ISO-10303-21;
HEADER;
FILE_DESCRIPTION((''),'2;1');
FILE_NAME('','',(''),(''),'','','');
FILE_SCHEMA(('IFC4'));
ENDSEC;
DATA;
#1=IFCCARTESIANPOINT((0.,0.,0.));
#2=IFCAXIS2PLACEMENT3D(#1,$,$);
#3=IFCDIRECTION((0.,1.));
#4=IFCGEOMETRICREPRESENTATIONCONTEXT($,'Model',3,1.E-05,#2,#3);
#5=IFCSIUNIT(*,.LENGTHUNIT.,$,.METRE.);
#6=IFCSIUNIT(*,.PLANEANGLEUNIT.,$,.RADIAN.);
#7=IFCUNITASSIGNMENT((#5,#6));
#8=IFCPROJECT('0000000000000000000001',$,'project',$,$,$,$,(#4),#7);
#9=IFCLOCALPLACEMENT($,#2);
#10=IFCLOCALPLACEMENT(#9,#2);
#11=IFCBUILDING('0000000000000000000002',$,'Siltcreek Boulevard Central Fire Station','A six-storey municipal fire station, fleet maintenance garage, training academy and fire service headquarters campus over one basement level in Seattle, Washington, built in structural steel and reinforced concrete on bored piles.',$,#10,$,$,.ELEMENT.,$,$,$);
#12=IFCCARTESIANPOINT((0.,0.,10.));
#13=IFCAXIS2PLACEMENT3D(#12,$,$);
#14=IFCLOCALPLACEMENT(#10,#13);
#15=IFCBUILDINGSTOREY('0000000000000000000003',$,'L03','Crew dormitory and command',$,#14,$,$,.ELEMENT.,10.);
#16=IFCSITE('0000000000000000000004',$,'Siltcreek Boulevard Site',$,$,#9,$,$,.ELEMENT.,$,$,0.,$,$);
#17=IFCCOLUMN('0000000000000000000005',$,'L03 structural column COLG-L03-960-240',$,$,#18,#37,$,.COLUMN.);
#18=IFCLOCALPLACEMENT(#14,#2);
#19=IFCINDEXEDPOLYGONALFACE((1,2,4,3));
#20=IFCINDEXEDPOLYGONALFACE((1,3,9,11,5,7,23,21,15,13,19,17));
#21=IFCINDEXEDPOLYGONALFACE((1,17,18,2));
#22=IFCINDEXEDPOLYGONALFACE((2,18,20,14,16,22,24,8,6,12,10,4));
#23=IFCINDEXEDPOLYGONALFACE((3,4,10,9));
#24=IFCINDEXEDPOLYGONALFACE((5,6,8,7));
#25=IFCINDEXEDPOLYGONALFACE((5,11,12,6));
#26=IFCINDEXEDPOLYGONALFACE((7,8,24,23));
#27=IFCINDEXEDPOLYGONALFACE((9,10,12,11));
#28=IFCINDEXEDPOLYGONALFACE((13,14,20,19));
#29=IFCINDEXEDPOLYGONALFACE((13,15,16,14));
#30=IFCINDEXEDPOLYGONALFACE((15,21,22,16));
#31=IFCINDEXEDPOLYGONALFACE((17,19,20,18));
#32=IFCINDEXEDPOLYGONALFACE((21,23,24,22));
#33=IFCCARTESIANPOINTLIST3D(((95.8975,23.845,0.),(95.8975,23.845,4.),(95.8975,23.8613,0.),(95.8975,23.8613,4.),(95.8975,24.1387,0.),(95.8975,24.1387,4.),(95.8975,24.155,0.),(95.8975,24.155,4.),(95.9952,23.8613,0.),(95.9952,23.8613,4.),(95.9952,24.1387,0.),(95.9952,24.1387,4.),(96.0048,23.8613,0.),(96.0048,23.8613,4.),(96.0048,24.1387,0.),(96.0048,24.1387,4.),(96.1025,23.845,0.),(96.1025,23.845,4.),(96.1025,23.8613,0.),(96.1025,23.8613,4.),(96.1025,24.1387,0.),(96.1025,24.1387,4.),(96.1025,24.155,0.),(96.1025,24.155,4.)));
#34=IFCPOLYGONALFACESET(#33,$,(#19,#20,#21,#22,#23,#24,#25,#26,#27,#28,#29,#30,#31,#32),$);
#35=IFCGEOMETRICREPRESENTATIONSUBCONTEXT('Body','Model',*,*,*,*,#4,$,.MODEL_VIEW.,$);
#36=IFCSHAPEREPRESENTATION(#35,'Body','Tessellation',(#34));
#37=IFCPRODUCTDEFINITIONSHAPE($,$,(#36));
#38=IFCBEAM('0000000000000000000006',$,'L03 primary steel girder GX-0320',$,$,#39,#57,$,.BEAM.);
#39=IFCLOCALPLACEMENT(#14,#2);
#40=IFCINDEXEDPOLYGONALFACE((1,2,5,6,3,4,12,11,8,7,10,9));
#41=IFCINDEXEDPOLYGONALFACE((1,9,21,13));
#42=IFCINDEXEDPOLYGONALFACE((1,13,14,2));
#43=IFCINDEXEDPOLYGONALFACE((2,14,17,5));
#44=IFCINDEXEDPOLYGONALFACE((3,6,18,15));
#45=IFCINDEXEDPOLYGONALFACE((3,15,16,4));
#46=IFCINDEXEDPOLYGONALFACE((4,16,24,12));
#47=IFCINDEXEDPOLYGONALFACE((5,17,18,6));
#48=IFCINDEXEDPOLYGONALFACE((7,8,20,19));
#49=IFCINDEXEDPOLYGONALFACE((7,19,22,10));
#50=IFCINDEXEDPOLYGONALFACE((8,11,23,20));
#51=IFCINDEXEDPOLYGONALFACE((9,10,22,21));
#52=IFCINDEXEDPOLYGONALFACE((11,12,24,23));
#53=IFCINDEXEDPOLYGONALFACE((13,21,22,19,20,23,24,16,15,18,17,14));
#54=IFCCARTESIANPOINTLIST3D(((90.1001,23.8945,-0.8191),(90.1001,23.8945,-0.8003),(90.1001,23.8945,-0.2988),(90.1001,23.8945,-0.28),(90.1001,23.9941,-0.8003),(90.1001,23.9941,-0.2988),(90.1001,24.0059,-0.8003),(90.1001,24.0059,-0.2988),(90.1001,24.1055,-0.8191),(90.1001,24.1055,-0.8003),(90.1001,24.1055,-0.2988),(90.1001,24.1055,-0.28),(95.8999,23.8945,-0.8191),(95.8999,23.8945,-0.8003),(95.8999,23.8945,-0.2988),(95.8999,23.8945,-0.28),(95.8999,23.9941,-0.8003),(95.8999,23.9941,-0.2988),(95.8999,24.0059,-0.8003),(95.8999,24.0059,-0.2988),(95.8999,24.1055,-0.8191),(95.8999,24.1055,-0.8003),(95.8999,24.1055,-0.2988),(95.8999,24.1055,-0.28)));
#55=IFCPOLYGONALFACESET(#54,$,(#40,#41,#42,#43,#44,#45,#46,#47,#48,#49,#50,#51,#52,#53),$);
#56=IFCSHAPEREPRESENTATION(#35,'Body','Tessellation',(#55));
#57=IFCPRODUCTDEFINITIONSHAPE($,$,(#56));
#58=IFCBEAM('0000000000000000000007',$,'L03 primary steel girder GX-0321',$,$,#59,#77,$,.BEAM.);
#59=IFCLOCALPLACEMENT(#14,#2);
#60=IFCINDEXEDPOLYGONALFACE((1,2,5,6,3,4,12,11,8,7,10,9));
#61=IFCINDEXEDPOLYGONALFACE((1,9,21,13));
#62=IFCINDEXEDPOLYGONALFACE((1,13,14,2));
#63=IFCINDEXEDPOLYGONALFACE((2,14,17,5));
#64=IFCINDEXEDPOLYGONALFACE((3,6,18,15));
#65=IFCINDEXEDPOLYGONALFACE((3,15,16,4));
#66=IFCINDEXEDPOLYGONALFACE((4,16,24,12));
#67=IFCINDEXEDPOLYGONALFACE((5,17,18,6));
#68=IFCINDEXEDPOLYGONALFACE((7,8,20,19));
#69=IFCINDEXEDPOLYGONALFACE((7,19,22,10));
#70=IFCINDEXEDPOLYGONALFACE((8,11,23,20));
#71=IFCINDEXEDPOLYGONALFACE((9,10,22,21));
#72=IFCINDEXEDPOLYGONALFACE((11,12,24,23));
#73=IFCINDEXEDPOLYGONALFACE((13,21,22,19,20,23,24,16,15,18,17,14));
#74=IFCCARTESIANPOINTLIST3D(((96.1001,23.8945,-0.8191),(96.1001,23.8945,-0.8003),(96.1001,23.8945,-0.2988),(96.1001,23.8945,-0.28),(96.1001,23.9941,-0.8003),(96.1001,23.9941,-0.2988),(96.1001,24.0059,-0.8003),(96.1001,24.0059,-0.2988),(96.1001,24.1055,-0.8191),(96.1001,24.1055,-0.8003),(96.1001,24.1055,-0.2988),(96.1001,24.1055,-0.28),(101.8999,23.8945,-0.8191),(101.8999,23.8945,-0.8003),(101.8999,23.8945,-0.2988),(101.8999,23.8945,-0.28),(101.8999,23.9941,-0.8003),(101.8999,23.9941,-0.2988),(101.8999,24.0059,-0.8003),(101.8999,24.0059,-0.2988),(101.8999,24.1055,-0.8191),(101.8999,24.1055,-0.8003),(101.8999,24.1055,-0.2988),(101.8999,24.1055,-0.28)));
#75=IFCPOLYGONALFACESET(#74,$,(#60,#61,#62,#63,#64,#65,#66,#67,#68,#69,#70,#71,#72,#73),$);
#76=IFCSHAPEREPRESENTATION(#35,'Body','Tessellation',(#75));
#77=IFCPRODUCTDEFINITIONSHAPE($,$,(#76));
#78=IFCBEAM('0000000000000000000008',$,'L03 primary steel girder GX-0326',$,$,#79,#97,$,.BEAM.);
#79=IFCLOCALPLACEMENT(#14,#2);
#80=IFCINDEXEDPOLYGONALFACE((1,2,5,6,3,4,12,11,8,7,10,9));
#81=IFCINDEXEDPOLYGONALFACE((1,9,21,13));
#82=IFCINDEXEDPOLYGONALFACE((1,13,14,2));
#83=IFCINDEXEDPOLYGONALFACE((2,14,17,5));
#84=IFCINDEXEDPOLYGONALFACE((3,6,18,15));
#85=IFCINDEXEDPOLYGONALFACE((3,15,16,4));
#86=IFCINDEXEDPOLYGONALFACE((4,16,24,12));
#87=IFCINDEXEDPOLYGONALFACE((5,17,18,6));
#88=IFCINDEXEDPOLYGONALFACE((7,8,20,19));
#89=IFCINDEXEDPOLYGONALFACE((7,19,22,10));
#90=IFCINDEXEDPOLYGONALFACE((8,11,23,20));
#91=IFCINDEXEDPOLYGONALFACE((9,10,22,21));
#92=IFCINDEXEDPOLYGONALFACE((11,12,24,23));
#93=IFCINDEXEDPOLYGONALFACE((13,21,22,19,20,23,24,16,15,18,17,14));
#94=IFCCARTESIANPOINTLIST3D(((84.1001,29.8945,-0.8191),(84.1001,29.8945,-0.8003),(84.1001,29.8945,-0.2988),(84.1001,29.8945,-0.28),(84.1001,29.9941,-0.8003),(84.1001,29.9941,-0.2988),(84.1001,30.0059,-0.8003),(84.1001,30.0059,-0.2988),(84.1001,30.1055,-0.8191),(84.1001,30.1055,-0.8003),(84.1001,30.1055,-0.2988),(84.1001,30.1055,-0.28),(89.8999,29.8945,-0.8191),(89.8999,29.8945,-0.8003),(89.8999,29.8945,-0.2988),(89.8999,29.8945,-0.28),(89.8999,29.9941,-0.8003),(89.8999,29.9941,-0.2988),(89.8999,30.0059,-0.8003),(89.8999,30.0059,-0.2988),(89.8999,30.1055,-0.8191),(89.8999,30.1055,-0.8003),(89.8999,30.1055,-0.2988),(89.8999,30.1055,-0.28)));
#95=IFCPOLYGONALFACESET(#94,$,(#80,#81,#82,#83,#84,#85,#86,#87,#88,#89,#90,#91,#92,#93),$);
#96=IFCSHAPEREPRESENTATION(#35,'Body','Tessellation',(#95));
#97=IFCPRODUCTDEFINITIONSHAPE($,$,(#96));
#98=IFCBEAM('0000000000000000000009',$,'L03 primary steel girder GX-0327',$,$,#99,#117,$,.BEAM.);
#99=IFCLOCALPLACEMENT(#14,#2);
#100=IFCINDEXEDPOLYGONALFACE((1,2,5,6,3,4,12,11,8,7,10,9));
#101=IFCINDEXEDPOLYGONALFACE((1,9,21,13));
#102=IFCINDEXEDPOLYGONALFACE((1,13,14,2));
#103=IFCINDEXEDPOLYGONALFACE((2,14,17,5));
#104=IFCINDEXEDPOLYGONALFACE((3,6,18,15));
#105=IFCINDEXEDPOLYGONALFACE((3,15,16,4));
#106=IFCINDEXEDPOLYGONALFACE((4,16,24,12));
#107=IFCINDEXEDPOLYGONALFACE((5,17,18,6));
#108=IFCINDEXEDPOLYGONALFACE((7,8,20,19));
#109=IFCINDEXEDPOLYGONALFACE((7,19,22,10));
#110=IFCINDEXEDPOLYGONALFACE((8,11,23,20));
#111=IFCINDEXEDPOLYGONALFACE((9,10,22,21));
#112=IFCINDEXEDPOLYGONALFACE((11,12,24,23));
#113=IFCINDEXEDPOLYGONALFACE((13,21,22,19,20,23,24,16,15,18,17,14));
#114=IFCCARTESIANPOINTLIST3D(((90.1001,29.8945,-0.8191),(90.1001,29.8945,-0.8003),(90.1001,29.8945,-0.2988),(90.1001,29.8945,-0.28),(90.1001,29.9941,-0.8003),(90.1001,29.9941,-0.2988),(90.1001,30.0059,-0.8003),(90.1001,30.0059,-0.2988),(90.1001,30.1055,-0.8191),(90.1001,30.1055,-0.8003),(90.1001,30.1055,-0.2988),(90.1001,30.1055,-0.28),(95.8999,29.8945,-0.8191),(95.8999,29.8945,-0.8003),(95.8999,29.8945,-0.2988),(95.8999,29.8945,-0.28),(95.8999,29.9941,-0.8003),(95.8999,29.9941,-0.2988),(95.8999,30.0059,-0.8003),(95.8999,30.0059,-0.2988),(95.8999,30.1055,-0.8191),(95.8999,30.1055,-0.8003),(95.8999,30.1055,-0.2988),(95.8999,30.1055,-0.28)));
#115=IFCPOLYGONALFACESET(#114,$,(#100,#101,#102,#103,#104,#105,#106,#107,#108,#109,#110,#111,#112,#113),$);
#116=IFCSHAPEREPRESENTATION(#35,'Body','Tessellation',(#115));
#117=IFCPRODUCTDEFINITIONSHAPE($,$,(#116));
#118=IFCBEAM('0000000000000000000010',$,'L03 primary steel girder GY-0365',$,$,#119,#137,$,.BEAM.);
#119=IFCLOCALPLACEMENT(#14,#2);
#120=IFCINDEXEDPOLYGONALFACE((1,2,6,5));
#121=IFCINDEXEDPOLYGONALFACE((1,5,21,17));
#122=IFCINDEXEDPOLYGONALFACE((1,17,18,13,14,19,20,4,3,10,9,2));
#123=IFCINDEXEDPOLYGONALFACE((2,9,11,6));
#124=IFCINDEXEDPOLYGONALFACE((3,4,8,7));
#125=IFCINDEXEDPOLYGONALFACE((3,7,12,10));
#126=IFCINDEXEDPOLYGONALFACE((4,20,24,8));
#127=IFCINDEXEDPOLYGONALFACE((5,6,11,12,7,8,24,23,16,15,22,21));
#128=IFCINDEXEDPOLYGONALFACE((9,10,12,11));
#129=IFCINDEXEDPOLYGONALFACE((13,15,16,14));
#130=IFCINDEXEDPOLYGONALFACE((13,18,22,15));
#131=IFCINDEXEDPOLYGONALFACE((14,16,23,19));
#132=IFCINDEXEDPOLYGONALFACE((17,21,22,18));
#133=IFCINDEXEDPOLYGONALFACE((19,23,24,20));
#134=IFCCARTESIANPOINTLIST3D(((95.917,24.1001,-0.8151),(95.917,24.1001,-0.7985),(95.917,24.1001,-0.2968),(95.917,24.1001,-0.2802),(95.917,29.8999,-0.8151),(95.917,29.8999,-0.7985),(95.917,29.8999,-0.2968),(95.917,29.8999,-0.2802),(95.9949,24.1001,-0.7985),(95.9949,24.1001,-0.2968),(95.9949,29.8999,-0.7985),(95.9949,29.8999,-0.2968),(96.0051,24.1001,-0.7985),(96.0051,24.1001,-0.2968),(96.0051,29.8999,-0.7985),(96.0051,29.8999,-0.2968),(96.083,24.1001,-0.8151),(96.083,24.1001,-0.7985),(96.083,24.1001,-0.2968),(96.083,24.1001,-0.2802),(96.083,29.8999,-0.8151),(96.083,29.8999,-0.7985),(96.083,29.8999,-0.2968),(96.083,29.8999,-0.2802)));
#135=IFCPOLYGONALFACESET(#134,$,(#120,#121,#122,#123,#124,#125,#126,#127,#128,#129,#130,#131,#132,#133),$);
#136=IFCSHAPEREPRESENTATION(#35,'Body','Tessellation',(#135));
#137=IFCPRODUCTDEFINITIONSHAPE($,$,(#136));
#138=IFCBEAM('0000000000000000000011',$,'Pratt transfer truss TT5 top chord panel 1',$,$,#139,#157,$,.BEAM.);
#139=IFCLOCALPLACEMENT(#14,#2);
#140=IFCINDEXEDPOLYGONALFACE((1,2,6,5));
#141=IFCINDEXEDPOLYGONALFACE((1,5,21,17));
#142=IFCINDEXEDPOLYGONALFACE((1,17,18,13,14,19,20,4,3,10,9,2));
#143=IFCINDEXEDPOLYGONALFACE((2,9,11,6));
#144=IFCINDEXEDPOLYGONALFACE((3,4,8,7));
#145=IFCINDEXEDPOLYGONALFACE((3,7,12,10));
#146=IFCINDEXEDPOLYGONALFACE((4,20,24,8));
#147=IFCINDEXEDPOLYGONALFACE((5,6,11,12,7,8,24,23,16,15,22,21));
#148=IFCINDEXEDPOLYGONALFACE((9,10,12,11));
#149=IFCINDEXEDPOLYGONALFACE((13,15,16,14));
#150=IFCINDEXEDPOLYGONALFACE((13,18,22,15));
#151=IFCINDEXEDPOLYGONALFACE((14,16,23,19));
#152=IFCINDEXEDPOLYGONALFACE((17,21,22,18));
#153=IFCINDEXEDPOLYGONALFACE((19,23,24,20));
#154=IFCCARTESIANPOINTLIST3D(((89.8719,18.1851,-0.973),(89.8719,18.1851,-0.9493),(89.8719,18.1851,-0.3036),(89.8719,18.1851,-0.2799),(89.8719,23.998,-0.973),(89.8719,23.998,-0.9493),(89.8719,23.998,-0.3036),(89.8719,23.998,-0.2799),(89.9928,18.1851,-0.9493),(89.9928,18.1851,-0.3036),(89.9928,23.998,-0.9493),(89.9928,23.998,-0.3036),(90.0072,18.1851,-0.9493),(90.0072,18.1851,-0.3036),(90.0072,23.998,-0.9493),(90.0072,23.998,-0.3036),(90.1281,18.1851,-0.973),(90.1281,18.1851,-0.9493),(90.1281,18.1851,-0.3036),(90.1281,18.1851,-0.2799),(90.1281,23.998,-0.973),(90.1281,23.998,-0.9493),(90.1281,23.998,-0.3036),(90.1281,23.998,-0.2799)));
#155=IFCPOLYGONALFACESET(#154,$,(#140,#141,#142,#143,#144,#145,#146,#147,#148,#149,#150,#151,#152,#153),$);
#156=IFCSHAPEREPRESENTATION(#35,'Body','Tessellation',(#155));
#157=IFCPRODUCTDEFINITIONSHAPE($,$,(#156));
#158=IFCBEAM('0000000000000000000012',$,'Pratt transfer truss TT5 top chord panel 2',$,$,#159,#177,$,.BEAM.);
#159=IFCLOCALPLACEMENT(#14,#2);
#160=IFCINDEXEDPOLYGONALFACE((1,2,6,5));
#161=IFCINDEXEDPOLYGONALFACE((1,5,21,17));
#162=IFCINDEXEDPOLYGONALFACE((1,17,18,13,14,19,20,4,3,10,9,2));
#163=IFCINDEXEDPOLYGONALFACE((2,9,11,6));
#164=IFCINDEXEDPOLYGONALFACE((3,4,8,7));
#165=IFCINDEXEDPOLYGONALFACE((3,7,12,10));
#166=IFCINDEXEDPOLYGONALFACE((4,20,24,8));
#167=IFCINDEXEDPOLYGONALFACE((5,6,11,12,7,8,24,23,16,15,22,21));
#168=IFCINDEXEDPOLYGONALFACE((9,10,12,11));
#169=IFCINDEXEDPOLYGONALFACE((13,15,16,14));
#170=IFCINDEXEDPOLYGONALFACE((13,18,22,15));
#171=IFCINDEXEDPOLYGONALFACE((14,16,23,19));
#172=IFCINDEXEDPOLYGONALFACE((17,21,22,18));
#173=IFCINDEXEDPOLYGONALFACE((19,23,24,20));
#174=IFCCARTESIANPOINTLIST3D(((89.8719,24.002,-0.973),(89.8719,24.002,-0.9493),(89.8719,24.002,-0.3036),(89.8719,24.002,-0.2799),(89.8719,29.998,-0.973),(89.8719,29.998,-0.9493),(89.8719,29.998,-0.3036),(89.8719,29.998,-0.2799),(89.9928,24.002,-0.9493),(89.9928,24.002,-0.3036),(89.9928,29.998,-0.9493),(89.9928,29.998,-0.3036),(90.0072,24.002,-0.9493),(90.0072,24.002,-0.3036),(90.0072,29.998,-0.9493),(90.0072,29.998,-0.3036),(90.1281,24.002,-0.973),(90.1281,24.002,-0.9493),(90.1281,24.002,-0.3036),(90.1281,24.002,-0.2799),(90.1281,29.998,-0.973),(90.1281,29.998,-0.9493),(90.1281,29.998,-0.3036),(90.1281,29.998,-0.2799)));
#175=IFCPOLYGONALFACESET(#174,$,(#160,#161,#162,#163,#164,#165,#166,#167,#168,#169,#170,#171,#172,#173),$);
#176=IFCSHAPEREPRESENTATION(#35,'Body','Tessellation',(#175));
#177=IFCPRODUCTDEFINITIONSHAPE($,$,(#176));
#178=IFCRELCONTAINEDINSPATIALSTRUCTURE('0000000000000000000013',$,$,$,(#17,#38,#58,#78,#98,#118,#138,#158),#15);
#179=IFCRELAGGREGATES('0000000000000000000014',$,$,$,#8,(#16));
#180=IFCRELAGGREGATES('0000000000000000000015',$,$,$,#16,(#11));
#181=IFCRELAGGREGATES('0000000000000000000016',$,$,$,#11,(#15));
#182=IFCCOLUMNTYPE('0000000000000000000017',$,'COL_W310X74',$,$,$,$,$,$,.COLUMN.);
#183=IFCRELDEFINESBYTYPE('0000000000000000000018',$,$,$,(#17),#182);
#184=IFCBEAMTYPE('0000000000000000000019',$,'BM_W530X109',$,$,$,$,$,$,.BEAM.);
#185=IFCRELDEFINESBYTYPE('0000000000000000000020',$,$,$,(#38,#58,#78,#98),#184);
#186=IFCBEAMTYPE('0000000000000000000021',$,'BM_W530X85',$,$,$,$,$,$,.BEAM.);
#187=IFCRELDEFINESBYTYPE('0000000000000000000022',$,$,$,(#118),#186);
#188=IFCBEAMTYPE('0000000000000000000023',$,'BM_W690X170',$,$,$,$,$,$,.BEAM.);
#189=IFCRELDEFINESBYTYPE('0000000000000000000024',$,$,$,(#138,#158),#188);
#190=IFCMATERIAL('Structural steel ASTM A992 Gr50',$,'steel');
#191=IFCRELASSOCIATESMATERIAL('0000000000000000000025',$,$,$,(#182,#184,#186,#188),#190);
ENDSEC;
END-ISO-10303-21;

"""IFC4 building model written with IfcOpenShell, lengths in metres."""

from ifc_helpers import new_model, si_unit, direction, frame, origin, origin_2d, place, context, subcontext, project, spatial, i_section, extrude, material, material_profile, profile_set, type_object, element, save


model = new_model("IFC4")

# Units and contexts
model_context = context("Model", 3, precision=1e-05, world=origin(), true_north=direction((0.0, 1.0)))
body_context = subcontext(model_context, "Body", "Model", "MODEL_VIEW")
ifc_project = project(units=[si_unit("LENGTHUNIT", "METRE"), si_unit("PLANEANGLEUNIT", "RADIAN")], contexts=[model_context])

# Site, building, storey
site_placement = place(None, origin())
site = spatial("IfcSite", under=ifc_project, at=site_placement, Name="Siltcreek Boulevard Site", CompositionType="ELEMENT", RefElevation=0.0)
building_placement = place(site_placement, origin())
building = spatial("IfcBuilding", under=site, at=building_placement, Name="Siltcreek Boulevard Central Fire Station", Description="A six-storey municipal fire station, fleet maintenance garage, training academy and fire service headquarters campus over one basement level in Seattle, Washington, built in structural steel and reinforced concrete on bored piles.", CompositionType="ELEMENT")
storey_placement = place(building_placement, frame((0.0, 0.0, 10.0)))
storey = spatial("IfcBuildingStorey", under=building, at=storey_placement, Name="L03", Description="Crew dormitory and command", CompositionType="ELEMENT", Elevation=10.0)

# Column
ifc_material_1 = material(Name="Structural steel ASTM A992 Gr50", Category="steel")
ifc_material_profile_1 = material_profile(ifc_material_1, i_section(OverallWidth=0.2051, OverallDepth=0.3101, WebThickness=0.0095, FlangeThickness=0.0164, at=origin_2d()), Name="W310X74")
ifc_profile_set_1 = profile_set([ifc_material_profile_1], Name="Structural steel ASTM A992 Gr50")
column_type = type_object("IfcColumnType", Name="COL_W310X74", PredefinedType="COLUMN", material=ifc_profile_set_1)
column_placement = place(storey_placement, frame((96.0, 24.0, 0.0), z_axis=(0.0, 0.0, 1.0), x_axis=(1.0, 0.0, 0.0)))
element("IfcColumn", 1, at=column_placement, inside=storey, type_object=column_type, Name="L03 structural column COLG-L03-960-240", PredefinedType="COLUMN", context=body_context, shape_type="SweptSolid", body=[
    extrude(i_section(OverallWidth=0.2051, OverallDepth=0.3101, WebThickness=0.0095, FlangeThickness=0.0164, at=origin_2d()), origin(), (0.0, 0.0, 1.0), 4.0),
])

# Beams
ifc_material_profile_2 = material_profile(ifc_material_1, i_section(OverallWidth=0.2109, OverallDepth=0.5391, WebThickness=0.0117, FlangeThickness=0.0188, at=origin_2d()), Name="W530X109")
ifc_profile_set_2 = profile_set([ifc_material_profile_2], Name="Structural steel ASTM A992 Gr50")
beam_type_1 = type_object("IfcBeamType", Name="BM_W530X109", PredefinedType="BEAM", material=ifc_profile_set_2)
for number, where, z_axis, x_axis, name in (
    (2, (90.1001, 24.0, -0.5496), (1.0, 0.0, 0.0), (0.0, 1.0, 0.0), "L03 primary steel girder GX-0320"),
    (3, (96.1001, 24.0, -0.5496), (1.0, 0.0, 0.0), (0.0, 1.0, 0.0), "L03 primary steel girder GX-0321"),
    (4, (84.1001, 30.0, -0.5496), (1.0, 0.0, 0.0), (0.0, 1.0, 0.0), "L03 primary steel girder GX-0326"),
    (5, (90.1001, 30.0, -0.5496), (1.0, 0.0, 0.0), (0.0, 1.0, 0.0), "L03 primary steel girder GX-0327"),
):
    element("IfcBeam", number, at=place(storey_placement, frame(where, z_axis=z_axis, x_axis=x_axis)), inside=storey, type_object=beam_type_1, Name=name, PredefinedType="BEAM", context=body_context, shape_type="SweptSolid", body=[
        extrude(i_section(OverallWidth=0.2109, OverallDepth=0.5391, WebThickness=0.0117, FlangeThickness=0.0188, at=origin_2d()), origin(), (0.0, 0.0, 1.0), 5.7998),
    ])
ifc_material_profile_3 = material_profile(ifc_material_1, i_section(OverallWidth=0.166, OverallDepth=0.5349, WebThickness=0.0103, FlangeThickness=0.0166, at=origin_2d()), Name="W530X85")
ifc_profile_set_3 = profile_set([ifc_material_profile_3], Name="Structural steel ASTM A992 Gr50")
beam_type_2 = type_object("IfcBeamType", Name="BM_W530X85", PredefinedType="BEAM", material=ifc_profile_set_3)
beam_1_placement = place(storey_placement, frame((96.0, 24.1001, -0.5476), z_axis=(0.0, 1.0, 0.0), x_axis=(-1.0, 0.0, 0.0)))
element("IfcBeam", 6, at=beam_1_placement, inside=storey, type_object=beam_type_2, Name="L03 primary steel girder GY-0365", PredefinedType="BEAM", context=body_context, shape_type="SweptSolid", body=[
    extrude(i_section(OverallWidth=0.166, OverallDepth=0.5349, WebThickness=0.0103, FlangeThickness=0.0166, at=origin_2d()), origin(), (0.0, 0.0, 1.0), 5.7998),
])
ifc_material_profile_4 = material_profile(ifc_material_1, i_section(OverallWidth=0.2561, OverallDepth=0.6931, WebThickness=0.0144, FlangeThickness=0.0237, at=origin_2d()), Name="W690X170")
ifc_profile_set_4 = profile_set([ifc_material_profile_4], Name="Structural steel ASTM A992 Gr50")
beam_type_3 = type_object("IfcBeamType", Name="BM_W690X170", PredefinedType="BEAM", material=ifc_profile_set_4)
beam_2_placement = place(storey_placement, frame((90.0, 18.1851, -0.6265), z_axis=(0.0, 1.0, 0.0), x_axis=(-1.0, 0.0, 0.0)))
element("IfcBeam", 7, at=beam_2_placement, inside=storey, type_object=beam_type_3, Name="Pratt transfer truss TT5 top chord panel 1", PredefinedType="BEAM", context=body_context, shape_type="SweptSolid", body=[
    extrude(i_section(OverallWidth=0.2561, OverallDepth=0.6931, WebThickness=0.0144, FlangeThickness=0.0237, at=origin_2d()), origin(), (0.0, 0.0, 1.0), 5.813),
])
beam_3_placement = place(storey_placement, frame((90.0, 24.002, -0.6265), z_axis=(0.0, 1.0, 0.0), x_axis=(-1.0, 0.0, 0.0)))
element("IfcBeam", 8, at=beam_3_placement, inside=storey, type_object=beam_type_3, Name="Pratt transfer truss TT5 top chord panel 2", PredefinedType="BEAM", context=body_context, shape_type="SweptSolid", body=[
    extrude(i_section(OverallWidth=0.2561, OverallDepth=0.6931, WebThickness=0.0144, FlangeThickness=0.0237, at=origin_2d()), origin(), (0.0, 0.0, 1.0), 5.9961),
])

save(model, "model.ifc")
